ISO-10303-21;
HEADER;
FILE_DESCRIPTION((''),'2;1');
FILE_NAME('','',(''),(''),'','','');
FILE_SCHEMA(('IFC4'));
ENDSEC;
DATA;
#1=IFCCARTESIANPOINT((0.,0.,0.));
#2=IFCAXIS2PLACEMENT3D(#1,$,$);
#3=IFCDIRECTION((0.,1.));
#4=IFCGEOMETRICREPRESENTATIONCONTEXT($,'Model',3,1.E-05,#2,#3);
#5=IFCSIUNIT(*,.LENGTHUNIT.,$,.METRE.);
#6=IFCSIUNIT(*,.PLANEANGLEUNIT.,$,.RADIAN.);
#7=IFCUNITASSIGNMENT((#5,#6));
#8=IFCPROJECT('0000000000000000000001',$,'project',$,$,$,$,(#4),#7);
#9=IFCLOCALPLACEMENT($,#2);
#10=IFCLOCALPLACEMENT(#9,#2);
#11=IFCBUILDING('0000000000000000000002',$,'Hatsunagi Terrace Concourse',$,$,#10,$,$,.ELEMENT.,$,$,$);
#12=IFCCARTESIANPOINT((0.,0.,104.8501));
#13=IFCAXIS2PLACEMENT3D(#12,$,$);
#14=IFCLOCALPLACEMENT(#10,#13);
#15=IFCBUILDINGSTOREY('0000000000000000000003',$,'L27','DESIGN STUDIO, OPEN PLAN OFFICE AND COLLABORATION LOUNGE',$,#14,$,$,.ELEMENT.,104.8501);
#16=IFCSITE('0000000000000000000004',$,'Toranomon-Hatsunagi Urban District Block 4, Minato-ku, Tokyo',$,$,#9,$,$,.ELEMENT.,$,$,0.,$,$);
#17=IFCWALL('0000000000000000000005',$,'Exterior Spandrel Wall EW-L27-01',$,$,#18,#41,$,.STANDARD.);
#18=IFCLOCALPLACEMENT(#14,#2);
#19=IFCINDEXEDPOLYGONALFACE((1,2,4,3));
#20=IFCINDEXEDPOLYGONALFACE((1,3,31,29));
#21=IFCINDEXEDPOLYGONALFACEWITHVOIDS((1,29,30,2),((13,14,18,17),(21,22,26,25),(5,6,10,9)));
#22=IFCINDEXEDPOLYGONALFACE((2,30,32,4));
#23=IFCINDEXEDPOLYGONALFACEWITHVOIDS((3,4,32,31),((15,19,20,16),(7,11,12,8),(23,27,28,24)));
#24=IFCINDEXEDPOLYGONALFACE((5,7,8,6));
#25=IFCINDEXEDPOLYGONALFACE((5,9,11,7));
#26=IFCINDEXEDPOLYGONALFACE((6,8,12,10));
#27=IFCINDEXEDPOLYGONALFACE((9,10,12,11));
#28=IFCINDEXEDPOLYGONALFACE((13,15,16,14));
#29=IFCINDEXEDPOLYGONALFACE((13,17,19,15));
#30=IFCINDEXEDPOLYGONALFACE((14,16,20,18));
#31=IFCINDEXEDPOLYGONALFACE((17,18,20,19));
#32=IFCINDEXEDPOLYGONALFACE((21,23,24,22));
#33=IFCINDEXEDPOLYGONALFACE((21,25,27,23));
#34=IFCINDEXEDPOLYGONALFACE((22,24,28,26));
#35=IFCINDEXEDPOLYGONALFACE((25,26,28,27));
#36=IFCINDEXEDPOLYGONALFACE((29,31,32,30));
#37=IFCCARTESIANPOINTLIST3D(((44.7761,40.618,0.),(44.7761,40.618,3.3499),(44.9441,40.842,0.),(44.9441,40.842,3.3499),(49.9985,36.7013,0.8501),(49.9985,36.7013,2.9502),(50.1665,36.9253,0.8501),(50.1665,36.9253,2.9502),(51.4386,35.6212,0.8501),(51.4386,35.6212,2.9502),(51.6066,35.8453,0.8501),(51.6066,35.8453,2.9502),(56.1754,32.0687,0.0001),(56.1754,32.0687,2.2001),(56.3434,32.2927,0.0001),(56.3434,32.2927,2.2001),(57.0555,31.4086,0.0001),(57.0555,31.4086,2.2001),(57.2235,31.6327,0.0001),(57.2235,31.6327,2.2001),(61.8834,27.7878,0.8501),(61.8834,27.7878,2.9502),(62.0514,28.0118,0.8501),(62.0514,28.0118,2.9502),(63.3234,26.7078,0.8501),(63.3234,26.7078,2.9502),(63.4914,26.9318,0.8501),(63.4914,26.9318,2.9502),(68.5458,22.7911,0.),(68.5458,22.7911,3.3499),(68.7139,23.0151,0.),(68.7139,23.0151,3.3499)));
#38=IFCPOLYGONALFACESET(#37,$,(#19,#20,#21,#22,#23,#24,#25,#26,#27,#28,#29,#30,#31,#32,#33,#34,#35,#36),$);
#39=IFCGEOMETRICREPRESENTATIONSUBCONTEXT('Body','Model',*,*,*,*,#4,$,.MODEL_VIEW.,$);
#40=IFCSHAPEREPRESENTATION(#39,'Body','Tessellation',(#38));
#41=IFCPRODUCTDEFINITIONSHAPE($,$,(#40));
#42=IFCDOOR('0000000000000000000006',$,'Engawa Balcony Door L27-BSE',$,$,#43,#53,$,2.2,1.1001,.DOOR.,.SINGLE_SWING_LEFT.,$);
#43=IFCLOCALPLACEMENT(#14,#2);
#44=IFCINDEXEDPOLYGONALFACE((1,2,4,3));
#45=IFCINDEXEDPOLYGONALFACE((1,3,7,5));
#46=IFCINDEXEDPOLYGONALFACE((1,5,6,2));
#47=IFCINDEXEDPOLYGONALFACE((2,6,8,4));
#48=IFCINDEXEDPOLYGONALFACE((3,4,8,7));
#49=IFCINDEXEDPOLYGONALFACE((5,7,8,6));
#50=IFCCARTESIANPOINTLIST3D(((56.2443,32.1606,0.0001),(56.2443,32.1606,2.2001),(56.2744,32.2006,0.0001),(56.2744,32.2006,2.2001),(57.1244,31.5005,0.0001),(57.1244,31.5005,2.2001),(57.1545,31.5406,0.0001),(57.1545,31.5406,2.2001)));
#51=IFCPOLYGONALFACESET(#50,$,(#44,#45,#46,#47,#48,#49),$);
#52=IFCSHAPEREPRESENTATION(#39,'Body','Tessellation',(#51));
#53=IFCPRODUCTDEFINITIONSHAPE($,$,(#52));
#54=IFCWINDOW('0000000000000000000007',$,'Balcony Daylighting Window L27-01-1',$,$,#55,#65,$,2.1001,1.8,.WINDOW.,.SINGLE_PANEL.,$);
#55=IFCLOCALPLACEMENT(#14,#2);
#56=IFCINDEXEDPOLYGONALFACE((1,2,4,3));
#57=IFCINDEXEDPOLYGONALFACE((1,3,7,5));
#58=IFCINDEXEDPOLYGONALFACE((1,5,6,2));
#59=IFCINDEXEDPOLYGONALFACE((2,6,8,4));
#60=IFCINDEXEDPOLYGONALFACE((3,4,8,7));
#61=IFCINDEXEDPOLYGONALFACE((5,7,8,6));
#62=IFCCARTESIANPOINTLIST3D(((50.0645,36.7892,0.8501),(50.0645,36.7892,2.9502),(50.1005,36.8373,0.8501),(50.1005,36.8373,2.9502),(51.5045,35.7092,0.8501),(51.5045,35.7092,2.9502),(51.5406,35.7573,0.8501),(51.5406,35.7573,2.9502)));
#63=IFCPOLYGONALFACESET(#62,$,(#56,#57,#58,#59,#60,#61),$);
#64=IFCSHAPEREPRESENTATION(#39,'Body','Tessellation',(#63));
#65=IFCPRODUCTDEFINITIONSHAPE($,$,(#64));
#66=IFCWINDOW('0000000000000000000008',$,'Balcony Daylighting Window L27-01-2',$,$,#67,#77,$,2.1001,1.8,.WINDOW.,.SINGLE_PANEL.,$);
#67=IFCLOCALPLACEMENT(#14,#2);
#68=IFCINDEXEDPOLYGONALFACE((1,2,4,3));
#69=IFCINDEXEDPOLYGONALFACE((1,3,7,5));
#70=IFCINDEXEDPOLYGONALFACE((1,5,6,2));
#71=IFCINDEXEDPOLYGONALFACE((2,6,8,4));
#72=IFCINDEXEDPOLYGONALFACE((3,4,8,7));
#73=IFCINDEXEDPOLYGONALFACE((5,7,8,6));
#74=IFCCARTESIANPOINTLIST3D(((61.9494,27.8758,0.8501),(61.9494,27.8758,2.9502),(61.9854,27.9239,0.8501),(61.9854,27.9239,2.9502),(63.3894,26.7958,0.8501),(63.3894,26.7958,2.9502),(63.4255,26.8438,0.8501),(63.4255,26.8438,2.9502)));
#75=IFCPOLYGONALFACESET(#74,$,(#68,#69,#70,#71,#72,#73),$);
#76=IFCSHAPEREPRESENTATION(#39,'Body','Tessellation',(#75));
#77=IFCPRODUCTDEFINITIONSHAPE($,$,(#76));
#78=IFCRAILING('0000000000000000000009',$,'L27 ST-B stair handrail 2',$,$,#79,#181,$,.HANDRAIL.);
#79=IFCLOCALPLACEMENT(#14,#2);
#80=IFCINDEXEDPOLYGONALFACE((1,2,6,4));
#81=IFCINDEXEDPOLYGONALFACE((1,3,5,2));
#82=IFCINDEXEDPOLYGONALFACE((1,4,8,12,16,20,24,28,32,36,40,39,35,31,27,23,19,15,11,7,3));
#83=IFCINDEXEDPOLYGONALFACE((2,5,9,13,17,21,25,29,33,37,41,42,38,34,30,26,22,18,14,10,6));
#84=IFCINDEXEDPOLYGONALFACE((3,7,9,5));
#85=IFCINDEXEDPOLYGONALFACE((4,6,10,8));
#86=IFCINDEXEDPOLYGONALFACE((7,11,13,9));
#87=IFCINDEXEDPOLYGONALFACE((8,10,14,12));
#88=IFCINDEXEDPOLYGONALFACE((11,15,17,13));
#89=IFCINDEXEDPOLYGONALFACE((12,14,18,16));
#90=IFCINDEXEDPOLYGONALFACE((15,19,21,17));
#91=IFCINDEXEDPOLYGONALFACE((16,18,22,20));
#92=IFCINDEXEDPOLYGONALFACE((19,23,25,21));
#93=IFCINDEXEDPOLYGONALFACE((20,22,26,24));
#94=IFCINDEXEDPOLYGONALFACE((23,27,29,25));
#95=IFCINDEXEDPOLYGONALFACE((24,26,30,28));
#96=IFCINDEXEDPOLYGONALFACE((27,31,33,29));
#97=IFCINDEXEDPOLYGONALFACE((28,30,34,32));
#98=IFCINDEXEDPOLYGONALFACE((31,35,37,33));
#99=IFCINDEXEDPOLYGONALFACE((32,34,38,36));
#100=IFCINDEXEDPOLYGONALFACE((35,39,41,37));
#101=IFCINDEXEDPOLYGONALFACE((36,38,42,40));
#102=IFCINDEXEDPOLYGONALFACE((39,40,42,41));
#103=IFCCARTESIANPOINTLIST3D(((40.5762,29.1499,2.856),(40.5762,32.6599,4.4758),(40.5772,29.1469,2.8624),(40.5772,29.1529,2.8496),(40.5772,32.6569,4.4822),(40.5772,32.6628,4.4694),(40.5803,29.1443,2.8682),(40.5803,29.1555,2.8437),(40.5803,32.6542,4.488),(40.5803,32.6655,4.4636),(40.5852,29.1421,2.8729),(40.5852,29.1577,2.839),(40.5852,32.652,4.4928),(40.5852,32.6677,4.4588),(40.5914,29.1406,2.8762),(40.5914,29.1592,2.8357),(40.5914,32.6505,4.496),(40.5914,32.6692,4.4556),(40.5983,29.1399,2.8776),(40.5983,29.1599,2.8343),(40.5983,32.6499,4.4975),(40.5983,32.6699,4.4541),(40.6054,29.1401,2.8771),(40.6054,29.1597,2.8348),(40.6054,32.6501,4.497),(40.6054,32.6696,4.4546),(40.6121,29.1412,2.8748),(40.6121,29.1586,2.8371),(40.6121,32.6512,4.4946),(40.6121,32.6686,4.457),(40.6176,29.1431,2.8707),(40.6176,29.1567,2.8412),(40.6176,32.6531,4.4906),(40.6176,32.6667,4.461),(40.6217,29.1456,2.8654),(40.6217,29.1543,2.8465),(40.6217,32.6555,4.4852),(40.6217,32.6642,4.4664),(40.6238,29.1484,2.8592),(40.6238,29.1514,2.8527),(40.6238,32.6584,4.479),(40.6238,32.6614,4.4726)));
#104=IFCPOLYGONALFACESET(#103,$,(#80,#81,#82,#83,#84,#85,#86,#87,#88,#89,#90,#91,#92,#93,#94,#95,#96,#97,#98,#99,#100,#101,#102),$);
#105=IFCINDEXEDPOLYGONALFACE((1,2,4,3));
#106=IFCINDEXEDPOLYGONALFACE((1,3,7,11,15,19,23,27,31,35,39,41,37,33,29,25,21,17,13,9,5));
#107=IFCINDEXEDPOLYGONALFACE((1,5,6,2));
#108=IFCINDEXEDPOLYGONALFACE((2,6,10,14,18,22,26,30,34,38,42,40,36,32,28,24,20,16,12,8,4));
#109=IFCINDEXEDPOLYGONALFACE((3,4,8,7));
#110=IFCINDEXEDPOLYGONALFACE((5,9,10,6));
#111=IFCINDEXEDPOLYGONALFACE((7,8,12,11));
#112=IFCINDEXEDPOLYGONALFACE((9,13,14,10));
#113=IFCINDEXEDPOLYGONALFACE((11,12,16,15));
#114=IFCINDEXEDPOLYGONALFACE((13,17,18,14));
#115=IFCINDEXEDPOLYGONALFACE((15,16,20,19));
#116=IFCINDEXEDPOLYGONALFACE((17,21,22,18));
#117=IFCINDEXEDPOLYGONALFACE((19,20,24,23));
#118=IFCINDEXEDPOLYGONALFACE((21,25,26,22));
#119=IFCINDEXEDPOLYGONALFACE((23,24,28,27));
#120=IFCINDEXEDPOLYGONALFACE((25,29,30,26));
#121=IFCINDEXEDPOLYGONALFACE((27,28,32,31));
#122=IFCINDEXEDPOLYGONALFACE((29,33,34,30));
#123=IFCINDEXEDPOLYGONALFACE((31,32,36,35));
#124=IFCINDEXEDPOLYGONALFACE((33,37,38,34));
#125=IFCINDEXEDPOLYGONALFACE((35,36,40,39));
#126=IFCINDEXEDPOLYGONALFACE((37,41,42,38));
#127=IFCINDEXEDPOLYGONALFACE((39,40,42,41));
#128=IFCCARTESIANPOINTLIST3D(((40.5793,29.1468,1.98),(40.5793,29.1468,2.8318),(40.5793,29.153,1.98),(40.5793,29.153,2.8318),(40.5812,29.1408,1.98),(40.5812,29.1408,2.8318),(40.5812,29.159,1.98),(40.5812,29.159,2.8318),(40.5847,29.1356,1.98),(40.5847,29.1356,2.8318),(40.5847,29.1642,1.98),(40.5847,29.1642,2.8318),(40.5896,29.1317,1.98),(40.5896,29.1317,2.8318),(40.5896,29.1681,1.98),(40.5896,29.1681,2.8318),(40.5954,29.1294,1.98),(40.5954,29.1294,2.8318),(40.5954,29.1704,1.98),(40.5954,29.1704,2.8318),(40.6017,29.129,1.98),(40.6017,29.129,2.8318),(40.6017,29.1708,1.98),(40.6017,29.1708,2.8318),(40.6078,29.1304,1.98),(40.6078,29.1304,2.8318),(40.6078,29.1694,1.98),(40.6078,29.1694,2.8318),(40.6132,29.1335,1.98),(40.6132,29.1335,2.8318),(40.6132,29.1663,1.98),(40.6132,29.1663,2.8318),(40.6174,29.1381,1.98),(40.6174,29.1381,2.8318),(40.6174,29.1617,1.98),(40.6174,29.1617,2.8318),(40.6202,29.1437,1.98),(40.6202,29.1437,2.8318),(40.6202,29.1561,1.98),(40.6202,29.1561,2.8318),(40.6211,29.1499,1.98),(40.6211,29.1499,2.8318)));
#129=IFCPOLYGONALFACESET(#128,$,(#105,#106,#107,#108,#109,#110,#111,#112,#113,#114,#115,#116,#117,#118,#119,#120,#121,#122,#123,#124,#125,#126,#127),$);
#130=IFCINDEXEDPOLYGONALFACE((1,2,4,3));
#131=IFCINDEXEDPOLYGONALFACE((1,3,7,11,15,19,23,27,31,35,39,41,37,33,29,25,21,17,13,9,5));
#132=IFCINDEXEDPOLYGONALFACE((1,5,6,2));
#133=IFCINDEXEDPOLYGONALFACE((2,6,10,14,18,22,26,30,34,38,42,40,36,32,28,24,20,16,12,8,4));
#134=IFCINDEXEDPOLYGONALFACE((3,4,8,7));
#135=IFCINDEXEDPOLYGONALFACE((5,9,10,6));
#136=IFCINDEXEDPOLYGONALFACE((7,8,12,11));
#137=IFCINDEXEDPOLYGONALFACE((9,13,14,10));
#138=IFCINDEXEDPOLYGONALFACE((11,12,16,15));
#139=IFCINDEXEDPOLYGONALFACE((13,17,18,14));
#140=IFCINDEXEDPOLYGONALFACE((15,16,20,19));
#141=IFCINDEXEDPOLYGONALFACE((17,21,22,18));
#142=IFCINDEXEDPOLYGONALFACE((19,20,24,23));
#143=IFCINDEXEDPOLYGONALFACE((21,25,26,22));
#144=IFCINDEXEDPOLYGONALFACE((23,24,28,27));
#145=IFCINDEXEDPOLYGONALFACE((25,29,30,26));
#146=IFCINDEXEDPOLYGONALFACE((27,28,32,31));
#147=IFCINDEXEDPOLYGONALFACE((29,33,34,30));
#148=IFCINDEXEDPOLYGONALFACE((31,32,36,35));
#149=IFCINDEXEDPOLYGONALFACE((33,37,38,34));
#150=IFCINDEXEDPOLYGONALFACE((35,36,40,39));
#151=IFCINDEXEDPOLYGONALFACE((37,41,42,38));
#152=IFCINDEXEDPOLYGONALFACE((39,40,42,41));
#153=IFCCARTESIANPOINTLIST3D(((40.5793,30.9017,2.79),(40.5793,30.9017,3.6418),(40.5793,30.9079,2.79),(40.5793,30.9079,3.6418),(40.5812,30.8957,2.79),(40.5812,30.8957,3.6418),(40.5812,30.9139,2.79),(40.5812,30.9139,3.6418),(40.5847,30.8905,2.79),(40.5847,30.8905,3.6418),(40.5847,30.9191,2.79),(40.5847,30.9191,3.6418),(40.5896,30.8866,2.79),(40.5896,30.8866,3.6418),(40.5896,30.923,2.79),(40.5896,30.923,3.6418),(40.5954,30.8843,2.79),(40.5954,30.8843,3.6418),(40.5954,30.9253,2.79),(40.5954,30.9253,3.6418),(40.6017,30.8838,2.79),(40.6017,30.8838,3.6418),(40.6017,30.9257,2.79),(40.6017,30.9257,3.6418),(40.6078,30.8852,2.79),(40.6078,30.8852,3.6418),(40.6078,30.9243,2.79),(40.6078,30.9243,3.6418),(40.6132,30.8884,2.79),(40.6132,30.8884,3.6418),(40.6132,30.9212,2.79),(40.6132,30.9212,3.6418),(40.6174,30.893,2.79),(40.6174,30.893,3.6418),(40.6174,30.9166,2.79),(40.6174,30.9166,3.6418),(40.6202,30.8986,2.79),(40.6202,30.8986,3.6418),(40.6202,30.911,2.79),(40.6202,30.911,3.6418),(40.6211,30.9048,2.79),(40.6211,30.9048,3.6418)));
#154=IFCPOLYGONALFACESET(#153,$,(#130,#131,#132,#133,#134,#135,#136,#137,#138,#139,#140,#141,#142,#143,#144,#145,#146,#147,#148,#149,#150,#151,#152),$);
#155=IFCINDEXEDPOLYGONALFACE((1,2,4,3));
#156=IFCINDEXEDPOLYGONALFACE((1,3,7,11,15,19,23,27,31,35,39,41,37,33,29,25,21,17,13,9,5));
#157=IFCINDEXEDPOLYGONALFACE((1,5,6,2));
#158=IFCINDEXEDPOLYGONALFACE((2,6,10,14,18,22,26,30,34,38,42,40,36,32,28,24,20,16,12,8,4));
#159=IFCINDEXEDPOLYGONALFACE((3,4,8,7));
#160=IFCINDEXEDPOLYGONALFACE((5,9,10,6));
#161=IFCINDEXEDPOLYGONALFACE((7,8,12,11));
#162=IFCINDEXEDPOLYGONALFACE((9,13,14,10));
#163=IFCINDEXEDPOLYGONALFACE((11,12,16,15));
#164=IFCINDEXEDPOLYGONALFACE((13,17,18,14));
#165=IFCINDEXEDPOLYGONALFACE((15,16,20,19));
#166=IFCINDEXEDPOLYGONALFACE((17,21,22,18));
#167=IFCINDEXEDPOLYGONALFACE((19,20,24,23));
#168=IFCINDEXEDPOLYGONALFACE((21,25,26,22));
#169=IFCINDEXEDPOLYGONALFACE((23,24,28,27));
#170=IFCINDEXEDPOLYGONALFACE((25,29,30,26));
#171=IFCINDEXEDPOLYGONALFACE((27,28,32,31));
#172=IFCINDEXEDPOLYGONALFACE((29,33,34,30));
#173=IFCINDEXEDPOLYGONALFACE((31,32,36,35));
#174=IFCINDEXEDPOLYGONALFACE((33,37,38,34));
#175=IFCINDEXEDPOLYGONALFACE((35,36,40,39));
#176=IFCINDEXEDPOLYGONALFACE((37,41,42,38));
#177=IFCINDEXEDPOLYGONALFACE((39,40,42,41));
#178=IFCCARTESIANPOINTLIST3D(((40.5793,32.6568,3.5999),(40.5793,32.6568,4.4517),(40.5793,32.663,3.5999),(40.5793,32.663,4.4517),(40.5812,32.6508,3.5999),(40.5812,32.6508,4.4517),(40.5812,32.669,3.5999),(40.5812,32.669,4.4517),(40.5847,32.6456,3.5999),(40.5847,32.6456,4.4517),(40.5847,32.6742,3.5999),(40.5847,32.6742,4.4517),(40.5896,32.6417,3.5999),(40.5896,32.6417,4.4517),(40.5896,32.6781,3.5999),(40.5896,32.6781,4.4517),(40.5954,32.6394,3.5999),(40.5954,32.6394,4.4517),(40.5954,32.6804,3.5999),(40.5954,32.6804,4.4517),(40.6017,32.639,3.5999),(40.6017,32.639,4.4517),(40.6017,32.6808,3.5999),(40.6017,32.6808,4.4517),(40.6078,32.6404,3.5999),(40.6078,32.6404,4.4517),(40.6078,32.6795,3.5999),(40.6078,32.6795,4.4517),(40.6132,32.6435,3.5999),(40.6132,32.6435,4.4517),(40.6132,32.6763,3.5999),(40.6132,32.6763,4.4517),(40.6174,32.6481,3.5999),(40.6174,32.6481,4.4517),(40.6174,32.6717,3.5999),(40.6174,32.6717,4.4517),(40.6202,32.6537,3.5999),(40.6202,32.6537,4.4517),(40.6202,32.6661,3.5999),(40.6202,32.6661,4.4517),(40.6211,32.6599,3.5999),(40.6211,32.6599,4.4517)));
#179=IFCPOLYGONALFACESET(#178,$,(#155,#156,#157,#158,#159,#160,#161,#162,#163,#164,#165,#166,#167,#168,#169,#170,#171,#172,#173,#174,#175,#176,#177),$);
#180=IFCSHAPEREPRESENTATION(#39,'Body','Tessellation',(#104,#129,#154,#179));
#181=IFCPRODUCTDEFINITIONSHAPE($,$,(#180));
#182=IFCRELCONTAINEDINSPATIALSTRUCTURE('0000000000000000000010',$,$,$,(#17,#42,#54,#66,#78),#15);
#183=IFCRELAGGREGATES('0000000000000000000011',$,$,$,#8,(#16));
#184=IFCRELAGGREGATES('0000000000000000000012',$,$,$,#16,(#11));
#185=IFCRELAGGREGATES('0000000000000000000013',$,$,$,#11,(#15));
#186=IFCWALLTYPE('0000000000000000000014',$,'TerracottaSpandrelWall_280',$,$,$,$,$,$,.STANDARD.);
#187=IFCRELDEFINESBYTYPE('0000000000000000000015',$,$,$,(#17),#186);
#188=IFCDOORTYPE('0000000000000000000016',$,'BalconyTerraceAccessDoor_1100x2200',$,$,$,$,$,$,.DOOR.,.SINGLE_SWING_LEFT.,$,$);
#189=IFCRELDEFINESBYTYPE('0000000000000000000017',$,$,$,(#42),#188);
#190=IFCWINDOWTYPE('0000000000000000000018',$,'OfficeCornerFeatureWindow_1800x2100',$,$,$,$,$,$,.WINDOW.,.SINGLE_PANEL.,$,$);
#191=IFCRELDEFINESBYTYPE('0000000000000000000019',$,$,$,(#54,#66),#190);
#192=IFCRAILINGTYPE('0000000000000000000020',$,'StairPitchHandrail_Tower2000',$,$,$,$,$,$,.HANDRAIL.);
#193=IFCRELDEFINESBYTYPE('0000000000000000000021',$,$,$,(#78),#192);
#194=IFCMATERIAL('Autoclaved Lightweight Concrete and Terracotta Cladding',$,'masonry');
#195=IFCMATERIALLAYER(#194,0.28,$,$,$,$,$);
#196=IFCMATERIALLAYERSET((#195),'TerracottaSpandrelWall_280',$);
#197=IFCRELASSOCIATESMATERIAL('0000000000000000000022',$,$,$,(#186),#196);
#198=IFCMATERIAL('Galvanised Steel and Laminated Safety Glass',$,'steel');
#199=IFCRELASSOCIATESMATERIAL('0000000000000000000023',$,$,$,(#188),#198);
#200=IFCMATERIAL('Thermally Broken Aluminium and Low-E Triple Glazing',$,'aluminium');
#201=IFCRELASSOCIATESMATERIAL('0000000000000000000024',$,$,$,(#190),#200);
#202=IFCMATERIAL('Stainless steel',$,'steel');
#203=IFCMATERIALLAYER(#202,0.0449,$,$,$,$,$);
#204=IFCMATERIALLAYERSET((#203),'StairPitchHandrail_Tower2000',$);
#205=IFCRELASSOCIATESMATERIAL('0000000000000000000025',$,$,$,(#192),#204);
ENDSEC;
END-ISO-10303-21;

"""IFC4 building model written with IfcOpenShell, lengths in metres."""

from ifc_helpers import new_model, si_unit, direction, frame, frame_2d, origin, origin_2d, place, context, subcontext, project, spatial, rectangle, circle, extrude, material, layer, layer_set, type_object, element, fill, save


model = new_model("IFC4")

# Units and contexts
model_context = context("Model", 3, precision=1e-05, world=origin(), true_north=direction((0.0, 1.0)))
body_context = subcontext(model_context, "Body", "Model", "MODEL_VIEW")
ifc_project = project(units=[si_unit("LENGTHUNIT", "METRE"), si_unit("PLANEANGLEUNIT", "RADIAN")], contexts=[model_context])

# Site, building, storey
site_placement = place(None, origin())
site = spatial("IfcSite", under=ifc_project, at=site_placement, Name="Toranomon-Hatsunagi Urban District Block 4, Minato-ku, Tokyo", CompositionType="ELEMENT", RefElevation=0.0)
building_placement = place(site_placement, origin())
building = spatial("IfcBuilding", under=site, at=building_placement, Name="Hatsunagi Terrace Concourse", CompositionType="ELEMENT")
storey_placement = place(building_placement, frame((0.0, 0.0, 104.8501)))
storey = spatial("IfcBuildingStorey", under=building, at=storey_placement, Name="L27", Description="DESIGN STUDIO, OPEN PLAN OFFICE AND COLLABORATION LOUNGE", CompositionType="ELEMENT", Elevation=104.8501)

# Wall, openings, door, windows
ifc_material_1 = material(Name="Autoclaved Lightweight Concrete and Terracotta Cladding", Category="masonry")
ifc_layer_1 = layer(ifc_material_1, 0.28)
ifc_layer_set_1 = layer_set([ifc_layer_1], Name="TerracottaSpandrelWall_280")
wall_type_1 = type_object("IfcWallType", Name="TerracottaSpandrelWall_280", PredefinedType="STANDARD", material=ifc_layer_set_1)
wall_1_placement = place(storey_placement, frame((44.8601, 40.73, 0.0), z_axis=(0.0, 0.0, 1.0), x_axis=(0.800007, -0.599991, 0.0)))
wall_1 = element("IfcWall", 1, at=wall_1_placement, inside=storey, type_object=wall_type_1, Name="Exterior Spandrel Wall EW-L27-01", PredefinedType="STANDARD", context=body_context, shape_type="SweptSolid", body=[
    extrude(rectangle(XDim=29.7119, YDim=0.28, at=frame_2d((14.856, 0.0))), origin(), (0.0, 0.0, 1.0), 3.3499),
])
opening_1_placement = place(wall_1_placement, frame((14.249, 0.0, 0.0)))
opening_1 = element("IfcOpeningElement", 2, at=opening_1_placement, cuts=wall_1, PredefinedType="OPENING", context=body_context, shape_type="SweptSolid", body=[
    extrude(rectangle(XDim=1.1001, YDim=2.2, at=frame_2d((0.55, 1.1001))), frame((0.0, 0.1499, 0.0), z_axis=(0.0, -1.0, 0.0), x_axis=(1.0, 0.0, 0.0)), (0.0, 0.0, 1.0), 0.3),
])
opening_2_placement = place(wall_1_placement, frame((6.5281, 0.0, 0.8501)))
opening_2 = element("IfcOpeningElement", 3, at=opening_2_placement, cuts=wall_1, PredefinedType="OPENING", context=body_context, shape_type="SweptSolid", body=[
    extrude(rectangle(XDim=1.8, YDim=2.1001, at=frame_2d((0.8999, 1.05))), frame((0.0, 0.1499, 0.0), z_axis=(0.0, -1.0, 0.0), x_axis=(1.0, 0.0, 0.0)), (0.0, 0.0, 1.0), 0.3),
])
opening_3_placement = place(wall_1_placement, frame((21.384, 0.0, 0.8501)))
opening_3 = element("IfcOpeningElement", 4, at=opening_3_placement, cuts=wall_1, PredefinedType="OPENING", context=body_context, shape_type="SweptSolid", body=[
    extrude(rectangle(XDim=1.8, YDim=2.1001, at=frame_2d((0.8999, 1.05))), frame((0.0, 0.1499, 0.0), z_axis=(0.0, -1.0, 0.0), x_axis=(1.0, 0.0, 0.0)), (0.0, 0.0, 1.0), 0.3),
])
ifc_material_2 = material(Name="Galvanised Steel and Laminated Safety Glass", Category="steel")
door_type = type_object("IfcDoorType", Name="BalconyTerraceAccessDoor_1100x2200", OperationType="SINGLE_SWING_LEFT", PredefinedType="DOOR", material=ifc_material_2)
door_placement = place(opening_1_placement, origin())
door = element("IfcDoor", 5, at=door_placement, inside=storey, type_object=door_type, Name="Engawa Balcony Door L27-BSE", OperationType="SINGLE_SWING_LEFT", OverallHeight=2.2, OverallWidth=1.1001, PredefinedType="DOOR", context=body_context, shape_type="SweptSolid", body=[
    extrude(rectangle(XDim=1.1001, YDim=2.2, at=frame_2d((0.55, 1.1001))), frame((0.0, 0.0249, 0.0), z_axis=(0.0, -1.0, 0.0), x_axis=(1.0, 0.0, 0.0)), (0.0, 0.0, 1.0), 0.05),
])
fill(opening_1, door)
ifc_material_3 = material(Name="Thermally Broken Aluminium and Low-E Triple Glazing", Category="aluminium")
window_type = type_object("IfcWindowType", Name="OfficeCornerFeatureWindow_1800x2100", PartitioningType="SINGLE_PANEL", PredefinedType="WINDOW", material=ifc_material_3)
window_1_placement = place(opening_2_placement, origin())
window_1 = element("IfcWindow", 6, at=window_1_placement, inside=storey, type_object=window_type, Name="Balcony Daylighting Window L27-01-1", OverallHeight=2.1001, OverallWidth=1.8, PartitioningType="SINGLE_PANEL", PredefinedType="WINDOW", context=body_context, shape_type="SweptSolid", body=[
    extrude(rectangle(XDim=1.8, YDim=2.1001, at=frame_2d((0.8999, 1.05))), frame((0.0, 0.03, 0.0), z_axis=(0.0, -1.0, 0.0), x_axis=(1.0, 0.0, 0.0)), (0.0, 0.0, 1.0), 0.0601),
])
fill(opening_2, window_1)
window_2_placement = place(opening_3_placement, origin())
window_2 = element("IfcWindow", 7, at=window_2_placement, inside=storey, type_object=window_type, Name="Balcony Daylighting Window L27-01-2", OverallHeight=2.1001, OverallWidth=1.8, PartitioningType="SINGLE_PANEL", PredefinedType="WINDOW", context=body_context, shape_type="SweptSolid", body=[
    extrude(rectangle(XDim=1.8, YDim=2.1001, at=frame_2d((0.8999, 1.05))), frame((0.0, 0.03, 0.0), z_axis=(0.0, -1.0, 0.0), x_axis=(1.0, 0.0, 0.0)), (0.0, 0.0, 1.0), 0.0601),
])
fill(opening_3, window_2)

# Railing
ifc_material_4 = material(Name="Stainless steel", Category="steel")
ifc_layer_2 = layer(ifc_material_4, 0.0449)
ifc_layer_set_2 = layer_set([ifc_layer_2], Name="StairPitchHandrail_Tower2000")
railing_type = type_object("IfcRailingType", Name="StairPitchHandrail_Tower2000", PredefinedType="HANDRAIL", material=ifc_layer_set_2)
railing_placement = place(storey_placement, frame((40.6001, 29.1499, 1.98)))
element("IfcRailing", 8, at=railing_placement, inside=storey, type_object=railing_type, Name="L27 ST-B stair handrail 2", PredefinedType="HANDRAIL", context=body_context, shape_type="SweptSolid", body=[
    extrude(circle(Radius=0.0239, at=origin_2d()), frame((0.0, 0.0, 0.876), z_axis=(0.0, 0.907972, 0.41903), x_axis=(-1.0, 0.0, 0.0)), (0.0, 0.0, 1.0), 3.8657),
    extrude(circle(Radius=0.021, at=origin_2d()), origin(), (0.0, 0.0, 1.0), 0.8518),
    extrude(circle(Radius=0.021, at=origin_2d()), frame((0.0, 1.7549, 0.8101)), (0.0, 0.0, 1.0), 0.8518),
    extrude(circle(Radius=0.021, at=origin_2d()), frame((0.0, 3.51, 1.6199)), (0.0, 0.0, 1.0), 0.8518),
])

save(model, "model.ifc")
